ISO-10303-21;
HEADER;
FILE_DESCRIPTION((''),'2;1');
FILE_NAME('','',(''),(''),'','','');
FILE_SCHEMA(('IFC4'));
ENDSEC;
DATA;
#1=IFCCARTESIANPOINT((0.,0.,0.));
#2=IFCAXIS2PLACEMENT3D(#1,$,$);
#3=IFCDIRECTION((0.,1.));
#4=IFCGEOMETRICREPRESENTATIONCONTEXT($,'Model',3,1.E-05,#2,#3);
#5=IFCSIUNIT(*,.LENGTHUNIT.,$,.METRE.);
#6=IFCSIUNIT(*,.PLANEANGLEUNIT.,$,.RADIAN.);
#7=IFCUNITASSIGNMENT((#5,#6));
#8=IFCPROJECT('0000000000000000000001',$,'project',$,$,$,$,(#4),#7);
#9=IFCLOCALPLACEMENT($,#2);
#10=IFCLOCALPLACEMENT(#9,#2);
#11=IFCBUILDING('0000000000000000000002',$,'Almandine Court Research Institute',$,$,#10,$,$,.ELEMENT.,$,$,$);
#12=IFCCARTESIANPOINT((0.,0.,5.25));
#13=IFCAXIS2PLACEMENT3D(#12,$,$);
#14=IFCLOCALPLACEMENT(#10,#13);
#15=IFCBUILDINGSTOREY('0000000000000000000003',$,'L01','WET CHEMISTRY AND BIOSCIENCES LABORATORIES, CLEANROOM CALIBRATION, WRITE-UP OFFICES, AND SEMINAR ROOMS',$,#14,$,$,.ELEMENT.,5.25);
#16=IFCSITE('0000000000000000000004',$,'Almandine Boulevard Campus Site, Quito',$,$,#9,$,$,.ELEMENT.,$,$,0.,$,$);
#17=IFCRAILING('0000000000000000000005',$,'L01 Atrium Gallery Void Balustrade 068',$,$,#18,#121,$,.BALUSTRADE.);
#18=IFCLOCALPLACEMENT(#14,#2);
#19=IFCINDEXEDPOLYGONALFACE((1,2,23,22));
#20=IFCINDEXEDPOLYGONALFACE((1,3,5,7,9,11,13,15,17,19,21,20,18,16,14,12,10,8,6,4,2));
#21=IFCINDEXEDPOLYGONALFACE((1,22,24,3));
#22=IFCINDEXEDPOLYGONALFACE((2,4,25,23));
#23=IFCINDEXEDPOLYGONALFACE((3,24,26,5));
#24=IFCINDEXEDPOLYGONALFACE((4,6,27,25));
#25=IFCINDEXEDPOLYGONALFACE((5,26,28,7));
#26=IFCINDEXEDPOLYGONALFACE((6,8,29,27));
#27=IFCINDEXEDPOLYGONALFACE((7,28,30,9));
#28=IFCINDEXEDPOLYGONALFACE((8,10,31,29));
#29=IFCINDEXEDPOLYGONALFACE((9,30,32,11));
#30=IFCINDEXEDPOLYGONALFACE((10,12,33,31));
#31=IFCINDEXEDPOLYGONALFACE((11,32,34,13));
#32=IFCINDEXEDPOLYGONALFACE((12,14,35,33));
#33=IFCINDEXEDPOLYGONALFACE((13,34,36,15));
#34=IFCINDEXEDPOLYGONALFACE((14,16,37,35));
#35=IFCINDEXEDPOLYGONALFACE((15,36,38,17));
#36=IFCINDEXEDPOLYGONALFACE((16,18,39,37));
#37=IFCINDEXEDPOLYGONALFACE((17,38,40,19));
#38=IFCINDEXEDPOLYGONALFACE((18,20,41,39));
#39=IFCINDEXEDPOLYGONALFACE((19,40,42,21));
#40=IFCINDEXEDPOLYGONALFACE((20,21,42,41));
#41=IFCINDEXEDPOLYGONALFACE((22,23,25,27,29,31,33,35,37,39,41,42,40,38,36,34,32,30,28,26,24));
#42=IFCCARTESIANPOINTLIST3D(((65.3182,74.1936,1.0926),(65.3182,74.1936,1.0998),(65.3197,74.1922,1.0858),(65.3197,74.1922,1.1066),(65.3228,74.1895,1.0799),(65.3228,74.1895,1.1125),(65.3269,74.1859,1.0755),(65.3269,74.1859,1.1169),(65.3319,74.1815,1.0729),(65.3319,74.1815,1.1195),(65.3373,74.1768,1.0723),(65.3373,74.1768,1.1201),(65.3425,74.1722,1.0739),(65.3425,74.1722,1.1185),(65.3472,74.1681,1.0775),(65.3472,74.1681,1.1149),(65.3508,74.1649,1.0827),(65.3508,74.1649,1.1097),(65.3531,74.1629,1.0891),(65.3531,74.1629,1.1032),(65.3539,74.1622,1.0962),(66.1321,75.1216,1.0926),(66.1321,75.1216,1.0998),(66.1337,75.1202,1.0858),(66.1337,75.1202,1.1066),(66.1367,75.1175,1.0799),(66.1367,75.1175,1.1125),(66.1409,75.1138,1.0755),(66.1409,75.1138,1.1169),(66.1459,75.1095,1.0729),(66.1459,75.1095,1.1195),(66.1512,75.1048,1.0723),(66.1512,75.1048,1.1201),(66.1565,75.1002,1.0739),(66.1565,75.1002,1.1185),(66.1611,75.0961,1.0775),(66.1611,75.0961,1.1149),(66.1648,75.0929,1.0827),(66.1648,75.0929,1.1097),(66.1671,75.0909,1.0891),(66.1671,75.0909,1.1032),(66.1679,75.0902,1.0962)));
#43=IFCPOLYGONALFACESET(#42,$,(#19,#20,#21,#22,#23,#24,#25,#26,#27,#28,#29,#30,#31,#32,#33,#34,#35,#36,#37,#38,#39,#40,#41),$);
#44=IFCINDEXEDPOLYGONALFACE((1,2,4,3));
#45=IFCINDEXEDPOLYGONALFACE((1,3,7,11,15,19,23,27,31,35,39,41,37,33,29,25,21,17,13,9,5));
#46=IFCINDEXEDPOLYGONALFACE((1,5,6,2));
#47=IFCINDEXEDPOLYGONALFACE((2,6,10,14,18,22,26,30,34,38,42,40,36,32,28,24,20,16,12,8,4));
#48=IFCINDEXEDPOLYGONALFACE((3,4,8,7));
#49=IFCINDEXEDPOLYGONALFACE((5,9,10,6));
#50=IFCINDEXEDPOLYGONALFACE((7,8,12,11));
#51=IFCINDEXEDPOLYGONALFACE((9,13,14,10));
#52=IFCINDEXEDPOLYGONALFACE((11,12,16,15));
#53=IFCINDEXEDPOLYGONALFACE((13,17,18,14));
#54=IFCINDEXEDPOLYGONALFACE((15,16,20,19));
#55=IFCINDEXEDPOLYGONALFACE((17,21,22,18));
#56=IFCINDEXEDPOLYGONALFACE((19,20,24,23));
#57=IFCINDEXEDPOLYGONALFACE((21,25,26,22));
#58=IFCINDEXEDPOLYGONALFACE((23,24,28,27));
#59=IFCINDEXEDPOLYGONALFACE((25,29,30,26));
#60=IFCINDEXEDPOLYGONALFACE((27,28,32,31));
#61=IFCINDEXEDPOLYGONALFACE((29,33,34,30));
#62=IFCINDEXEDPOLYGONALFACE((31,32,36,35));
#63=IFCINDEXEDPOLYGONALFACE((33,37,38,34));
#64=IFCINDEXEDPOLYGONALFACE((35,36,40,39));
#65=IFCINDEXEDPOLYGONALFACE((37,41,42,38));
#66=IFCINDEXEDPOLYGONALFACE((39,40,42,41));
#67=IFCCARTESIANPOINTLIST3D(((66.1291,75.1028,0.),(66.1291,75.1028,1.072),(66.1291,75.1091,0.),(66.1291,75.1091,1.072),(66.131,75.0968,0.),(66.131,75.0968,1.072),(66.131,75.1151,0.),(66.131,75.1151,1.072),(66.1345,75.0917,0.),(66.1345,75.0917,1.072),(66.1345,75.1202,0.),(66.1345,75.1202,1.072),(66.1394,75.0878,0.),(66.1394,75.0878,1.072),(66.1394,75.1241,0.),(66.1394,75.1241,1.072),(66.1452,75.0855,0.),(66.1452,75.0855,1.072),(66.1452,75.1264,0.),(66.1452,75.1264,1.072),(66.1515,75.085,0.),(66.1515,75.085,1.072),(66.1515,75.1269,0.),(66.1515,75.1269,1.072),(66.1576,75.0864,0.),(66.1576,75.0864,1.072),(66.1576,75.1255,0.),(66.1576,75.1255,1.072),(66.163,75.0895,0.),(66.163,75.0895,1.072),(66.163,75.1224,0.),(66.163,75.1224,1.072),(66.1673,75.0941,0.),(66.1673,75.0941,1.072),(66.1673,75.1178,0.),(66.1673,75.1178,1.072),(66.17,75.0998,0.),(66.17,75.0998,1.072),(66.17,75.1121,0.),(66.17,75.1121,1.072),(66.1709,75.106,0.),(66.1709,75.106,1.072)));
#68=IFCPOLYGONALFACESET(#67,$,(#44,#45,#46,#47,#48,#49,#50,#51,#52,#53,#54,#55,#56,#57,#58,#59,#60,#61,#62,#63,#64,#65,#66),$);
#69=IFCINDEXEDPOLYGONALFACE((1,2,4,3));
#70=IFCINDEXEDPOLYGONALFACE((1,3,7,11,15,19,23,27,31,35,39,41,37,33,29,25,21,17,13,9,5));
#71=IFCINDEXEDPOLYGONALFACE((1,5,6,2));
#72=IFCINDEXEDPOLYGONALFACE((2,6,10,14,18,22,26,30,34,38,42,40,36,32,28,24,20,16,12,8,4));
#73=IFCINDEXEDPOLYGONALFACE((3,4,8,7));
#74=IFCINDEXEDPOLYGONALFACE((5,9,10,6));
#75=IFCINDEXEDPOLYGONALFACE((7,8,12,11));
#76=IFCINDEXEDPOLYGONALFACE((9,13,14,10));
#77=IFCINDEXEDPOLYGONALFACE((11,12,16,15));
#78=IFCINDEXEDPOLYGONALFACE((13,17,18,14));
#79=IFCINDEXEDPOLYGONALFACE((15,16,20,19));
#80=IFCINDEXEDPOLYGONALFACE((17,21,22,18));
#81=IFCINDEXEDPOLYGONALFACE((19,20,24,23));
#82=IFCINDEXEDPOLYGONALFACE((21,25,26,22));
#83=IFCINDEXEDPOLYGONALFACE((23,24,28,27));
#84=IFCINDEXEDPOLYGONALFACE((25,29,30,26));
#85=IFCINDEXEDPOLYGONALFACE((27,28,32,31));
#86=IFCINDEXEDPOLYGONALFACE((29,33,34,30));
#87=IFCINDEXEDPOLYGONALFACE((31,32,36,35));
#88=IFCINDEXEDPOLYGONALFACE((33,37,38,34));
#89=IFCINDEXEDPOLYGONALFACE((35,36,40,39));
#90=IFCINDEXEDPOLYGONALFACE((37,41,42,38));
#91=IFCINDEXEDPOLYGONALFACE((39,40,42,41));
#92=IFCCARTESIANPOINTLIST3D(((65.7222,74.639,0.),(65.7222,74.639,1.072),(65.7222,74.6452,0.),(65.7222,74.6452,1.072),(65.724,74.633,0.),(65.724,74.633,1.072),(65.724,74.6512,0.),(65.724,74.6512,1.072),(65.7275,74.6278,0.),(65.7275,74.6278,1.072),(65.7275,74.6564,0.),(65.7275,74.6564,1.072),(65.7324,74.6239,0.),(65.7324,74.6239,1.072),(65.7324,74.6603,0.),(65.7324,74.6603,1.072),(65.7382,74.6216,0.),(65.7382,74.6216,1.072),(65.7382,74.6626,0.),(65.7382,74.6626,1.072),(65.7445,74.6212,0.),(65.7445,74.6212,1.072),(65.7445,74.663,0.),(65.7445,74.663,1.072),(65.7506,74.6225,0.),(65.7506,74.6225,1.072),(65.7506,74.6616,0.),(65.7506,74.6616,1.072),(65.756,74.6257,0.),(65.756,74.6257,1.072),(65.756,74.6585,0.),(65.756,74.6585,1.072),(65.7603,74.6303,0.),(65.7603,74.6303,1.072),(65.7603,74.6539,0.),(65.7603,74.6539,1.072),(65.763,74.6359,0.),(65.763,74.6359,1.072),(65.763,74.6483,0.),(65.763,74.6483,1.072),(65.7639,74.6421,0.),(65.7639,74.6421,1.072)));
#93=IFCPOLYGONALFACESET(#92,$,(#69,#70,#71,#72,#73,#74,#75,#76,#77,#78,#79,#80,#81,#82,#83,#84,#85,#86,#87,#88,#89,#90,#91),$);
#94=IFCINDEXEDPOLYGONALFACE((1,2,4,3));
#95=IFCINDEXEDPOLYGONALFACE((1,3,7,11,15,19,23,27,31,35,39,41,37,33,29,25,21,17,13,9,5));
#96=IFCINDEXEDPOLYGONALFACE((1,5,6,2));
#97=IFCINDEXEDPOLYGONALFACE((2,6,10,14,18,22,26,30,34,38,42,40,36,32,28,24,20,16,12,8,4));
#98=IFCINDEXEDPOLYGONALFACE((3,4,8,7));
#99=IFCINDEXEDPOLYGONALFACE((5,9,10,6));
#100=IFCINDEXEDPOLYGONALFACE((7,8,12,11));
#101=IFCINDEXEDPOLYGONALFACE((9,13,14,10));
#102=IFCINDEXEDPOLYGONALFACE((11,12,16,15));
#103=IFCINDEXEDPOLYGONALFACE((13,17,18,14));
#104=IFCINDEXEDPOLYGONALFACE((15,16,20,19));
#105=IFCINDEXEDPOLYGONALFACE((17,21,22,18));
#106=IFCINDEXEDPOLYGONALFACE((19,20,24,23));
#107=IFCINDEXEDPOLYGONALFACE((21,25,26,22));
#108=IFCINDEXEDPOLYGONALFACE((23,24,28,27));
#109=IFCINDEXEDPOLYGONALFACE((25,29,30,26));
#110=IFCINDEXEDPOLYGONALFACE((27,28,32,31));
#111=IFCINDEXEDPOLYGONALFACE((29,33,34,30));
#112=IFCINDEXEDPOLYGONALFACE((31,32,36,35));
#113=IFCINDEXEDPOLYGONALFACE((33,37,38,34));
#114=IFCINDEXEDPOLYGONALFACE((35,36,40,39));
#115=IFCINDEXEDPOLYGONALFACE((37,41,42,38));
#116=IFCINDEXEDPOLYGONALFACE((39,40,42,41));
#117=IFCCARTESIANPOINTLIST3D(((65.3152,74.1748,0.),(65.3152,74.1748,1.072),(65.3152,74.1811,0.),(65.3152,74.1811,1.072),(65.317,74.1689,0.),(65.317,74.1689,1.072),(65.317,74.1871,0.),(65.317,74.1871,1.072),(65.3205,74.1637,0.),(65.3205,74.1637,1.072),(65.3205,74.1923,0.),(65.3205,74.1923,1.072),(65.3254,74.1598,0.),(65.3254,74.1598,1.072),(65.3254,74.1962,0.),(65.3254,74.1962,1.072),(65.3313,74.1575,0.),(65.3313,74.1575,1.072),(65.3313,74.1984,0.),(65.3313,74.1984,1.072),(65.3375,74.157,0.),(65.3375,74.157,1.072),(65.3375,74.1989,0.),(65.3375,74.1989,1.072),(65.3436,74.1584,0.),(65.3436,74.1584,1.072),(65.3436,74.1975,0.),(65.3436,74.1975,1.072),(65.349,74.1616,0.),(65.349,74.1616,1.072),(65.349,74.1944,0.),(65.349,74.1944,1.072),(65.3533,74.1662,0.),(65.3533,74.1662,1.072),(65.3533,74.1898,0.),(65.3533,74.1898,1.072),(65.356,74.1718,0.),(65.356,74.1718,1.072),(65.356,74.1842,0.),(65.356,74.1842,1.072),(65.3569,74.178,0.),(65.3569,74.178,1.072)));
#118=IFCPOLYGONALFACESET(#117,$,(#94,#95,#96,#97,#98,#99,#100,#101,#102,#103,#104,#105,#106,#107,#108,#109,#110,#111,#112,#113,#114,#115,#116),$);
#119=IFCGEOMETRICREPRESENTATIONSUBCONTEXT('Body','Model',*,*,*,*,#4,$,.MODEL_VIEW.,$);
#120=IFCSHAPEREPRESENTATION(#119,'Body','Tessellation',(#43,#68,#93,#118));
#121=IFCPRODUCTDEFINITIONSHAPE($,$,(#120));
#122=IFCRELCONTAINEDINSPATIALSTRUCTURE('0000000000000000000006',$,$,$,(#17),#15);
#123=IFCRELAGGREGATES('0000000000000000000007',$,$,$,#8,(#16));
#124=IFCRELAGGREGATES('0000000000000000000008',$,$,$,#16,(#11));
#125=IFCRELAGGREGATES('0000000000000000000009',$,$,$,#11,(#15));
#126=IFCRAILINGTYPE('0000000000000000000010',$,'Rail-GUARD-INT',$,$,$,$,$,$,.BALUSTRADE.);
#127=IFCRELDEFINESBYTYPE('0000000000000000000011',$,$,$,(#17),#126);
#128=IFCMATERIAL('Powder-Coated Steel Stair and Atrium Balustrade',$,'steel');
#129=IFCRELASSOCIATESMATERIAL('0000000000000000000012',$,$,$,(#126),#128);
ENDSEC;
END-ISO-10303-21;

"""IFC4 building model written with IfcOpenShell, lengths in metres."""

from ifc_helpers import new_model, si_unit, direction, frame, origin, origin_2d, place, context, subcontext, project, spatial, circle, extrude, material, type_object, element, save


model = new_model("IFC4")

# Units and contexts
model_context = context("Model", 3, precision=1e-05, world=origin(), true_north=direction((0.0, 1.0)))
body_context = subcontext(model_context, "Body", "Model", "MODEL_VIEW")
ifc_project = project(units=[si_unit("LENGTHUNIT", "METRE"), si_unit("PLANEANGLEUNIT", "RADIAN")], contexts=[model_context])

# Site, building, storey
site_placement = place(None, origin())
site = spatial("IfcSite", under=ifc_project, at=site_placement, Name="Almandine Boulevard Campus Site, Quito", CompositionType="ELEMENT", RefElevation=0.0)
building_placement = place(site_placement, origin())
building = spatial("IfcBuilding", under=site, at=building_placement, Name="Almandine Court Research Institute", CompositionType="ELEMENT")
storey_placement = place(building_placement, frame((0.0, 0.0, 5.25)))
storey = spatial("IfcBuildingStorey", under=building, at=storey_placement, Name="L01", Description="WET CHEMISTRY AND BIOSCIENCES LABORATORIES, CLEANROOM CALIBRATION, WRITE-UP OFFICES, AND SEMINAR ROOMS", CompositionType="ELEMENT", Elevation=5.25)

# Railing
ifc_material_1 = material(Name="Powder-Coated Steel Stair and Atrium Balustrade", Category="steel")
railing_type = type_object("IfcRailingType", Name="Rail-GUARD-INT", PredefinedType="BALUSTRADE", material=ifc_material_1)
railing_1_placement = place(storey_placement, frame((66.1499, 75.106, 0.0)))
element("IfcRailing", 1, at=railing_1_placement, inside=storey, type_object=railing_type, Name="L01 Atrium Gallery Void Balustrade 068", PredefinedType="BALUSTRADE", context=body_context, shape_type="SweptSolid", body=[
    extrude(circle(Radius=0.0239, at=origin_2d()), frame((0.0, 0.0, 1.0962), z_axis=(-0.659414, -0.75178, 0.0), x_axis=(0.75178, -0.659414, 0.0)), (0.0, 0.0, 1.0), 1.2344),
    extrude(circle(Radius=0.021, at=origin_2d()), origin(), (0.0, 0.0, 1.0), 1.072),
    extrude(circle(Radius=0.021, at=origin_2d()), frame((-0.407, -0.4639, 0.0)), (0.0, 0.0, 1.0), 1.072),
    extrude(circle(Radius=0.021, at=origin_2d()), frame((-0.814, -0.928, 0.0)), (0.0, 0.0, 1.0), 1.072),
])

save(model, "model.ifc")
